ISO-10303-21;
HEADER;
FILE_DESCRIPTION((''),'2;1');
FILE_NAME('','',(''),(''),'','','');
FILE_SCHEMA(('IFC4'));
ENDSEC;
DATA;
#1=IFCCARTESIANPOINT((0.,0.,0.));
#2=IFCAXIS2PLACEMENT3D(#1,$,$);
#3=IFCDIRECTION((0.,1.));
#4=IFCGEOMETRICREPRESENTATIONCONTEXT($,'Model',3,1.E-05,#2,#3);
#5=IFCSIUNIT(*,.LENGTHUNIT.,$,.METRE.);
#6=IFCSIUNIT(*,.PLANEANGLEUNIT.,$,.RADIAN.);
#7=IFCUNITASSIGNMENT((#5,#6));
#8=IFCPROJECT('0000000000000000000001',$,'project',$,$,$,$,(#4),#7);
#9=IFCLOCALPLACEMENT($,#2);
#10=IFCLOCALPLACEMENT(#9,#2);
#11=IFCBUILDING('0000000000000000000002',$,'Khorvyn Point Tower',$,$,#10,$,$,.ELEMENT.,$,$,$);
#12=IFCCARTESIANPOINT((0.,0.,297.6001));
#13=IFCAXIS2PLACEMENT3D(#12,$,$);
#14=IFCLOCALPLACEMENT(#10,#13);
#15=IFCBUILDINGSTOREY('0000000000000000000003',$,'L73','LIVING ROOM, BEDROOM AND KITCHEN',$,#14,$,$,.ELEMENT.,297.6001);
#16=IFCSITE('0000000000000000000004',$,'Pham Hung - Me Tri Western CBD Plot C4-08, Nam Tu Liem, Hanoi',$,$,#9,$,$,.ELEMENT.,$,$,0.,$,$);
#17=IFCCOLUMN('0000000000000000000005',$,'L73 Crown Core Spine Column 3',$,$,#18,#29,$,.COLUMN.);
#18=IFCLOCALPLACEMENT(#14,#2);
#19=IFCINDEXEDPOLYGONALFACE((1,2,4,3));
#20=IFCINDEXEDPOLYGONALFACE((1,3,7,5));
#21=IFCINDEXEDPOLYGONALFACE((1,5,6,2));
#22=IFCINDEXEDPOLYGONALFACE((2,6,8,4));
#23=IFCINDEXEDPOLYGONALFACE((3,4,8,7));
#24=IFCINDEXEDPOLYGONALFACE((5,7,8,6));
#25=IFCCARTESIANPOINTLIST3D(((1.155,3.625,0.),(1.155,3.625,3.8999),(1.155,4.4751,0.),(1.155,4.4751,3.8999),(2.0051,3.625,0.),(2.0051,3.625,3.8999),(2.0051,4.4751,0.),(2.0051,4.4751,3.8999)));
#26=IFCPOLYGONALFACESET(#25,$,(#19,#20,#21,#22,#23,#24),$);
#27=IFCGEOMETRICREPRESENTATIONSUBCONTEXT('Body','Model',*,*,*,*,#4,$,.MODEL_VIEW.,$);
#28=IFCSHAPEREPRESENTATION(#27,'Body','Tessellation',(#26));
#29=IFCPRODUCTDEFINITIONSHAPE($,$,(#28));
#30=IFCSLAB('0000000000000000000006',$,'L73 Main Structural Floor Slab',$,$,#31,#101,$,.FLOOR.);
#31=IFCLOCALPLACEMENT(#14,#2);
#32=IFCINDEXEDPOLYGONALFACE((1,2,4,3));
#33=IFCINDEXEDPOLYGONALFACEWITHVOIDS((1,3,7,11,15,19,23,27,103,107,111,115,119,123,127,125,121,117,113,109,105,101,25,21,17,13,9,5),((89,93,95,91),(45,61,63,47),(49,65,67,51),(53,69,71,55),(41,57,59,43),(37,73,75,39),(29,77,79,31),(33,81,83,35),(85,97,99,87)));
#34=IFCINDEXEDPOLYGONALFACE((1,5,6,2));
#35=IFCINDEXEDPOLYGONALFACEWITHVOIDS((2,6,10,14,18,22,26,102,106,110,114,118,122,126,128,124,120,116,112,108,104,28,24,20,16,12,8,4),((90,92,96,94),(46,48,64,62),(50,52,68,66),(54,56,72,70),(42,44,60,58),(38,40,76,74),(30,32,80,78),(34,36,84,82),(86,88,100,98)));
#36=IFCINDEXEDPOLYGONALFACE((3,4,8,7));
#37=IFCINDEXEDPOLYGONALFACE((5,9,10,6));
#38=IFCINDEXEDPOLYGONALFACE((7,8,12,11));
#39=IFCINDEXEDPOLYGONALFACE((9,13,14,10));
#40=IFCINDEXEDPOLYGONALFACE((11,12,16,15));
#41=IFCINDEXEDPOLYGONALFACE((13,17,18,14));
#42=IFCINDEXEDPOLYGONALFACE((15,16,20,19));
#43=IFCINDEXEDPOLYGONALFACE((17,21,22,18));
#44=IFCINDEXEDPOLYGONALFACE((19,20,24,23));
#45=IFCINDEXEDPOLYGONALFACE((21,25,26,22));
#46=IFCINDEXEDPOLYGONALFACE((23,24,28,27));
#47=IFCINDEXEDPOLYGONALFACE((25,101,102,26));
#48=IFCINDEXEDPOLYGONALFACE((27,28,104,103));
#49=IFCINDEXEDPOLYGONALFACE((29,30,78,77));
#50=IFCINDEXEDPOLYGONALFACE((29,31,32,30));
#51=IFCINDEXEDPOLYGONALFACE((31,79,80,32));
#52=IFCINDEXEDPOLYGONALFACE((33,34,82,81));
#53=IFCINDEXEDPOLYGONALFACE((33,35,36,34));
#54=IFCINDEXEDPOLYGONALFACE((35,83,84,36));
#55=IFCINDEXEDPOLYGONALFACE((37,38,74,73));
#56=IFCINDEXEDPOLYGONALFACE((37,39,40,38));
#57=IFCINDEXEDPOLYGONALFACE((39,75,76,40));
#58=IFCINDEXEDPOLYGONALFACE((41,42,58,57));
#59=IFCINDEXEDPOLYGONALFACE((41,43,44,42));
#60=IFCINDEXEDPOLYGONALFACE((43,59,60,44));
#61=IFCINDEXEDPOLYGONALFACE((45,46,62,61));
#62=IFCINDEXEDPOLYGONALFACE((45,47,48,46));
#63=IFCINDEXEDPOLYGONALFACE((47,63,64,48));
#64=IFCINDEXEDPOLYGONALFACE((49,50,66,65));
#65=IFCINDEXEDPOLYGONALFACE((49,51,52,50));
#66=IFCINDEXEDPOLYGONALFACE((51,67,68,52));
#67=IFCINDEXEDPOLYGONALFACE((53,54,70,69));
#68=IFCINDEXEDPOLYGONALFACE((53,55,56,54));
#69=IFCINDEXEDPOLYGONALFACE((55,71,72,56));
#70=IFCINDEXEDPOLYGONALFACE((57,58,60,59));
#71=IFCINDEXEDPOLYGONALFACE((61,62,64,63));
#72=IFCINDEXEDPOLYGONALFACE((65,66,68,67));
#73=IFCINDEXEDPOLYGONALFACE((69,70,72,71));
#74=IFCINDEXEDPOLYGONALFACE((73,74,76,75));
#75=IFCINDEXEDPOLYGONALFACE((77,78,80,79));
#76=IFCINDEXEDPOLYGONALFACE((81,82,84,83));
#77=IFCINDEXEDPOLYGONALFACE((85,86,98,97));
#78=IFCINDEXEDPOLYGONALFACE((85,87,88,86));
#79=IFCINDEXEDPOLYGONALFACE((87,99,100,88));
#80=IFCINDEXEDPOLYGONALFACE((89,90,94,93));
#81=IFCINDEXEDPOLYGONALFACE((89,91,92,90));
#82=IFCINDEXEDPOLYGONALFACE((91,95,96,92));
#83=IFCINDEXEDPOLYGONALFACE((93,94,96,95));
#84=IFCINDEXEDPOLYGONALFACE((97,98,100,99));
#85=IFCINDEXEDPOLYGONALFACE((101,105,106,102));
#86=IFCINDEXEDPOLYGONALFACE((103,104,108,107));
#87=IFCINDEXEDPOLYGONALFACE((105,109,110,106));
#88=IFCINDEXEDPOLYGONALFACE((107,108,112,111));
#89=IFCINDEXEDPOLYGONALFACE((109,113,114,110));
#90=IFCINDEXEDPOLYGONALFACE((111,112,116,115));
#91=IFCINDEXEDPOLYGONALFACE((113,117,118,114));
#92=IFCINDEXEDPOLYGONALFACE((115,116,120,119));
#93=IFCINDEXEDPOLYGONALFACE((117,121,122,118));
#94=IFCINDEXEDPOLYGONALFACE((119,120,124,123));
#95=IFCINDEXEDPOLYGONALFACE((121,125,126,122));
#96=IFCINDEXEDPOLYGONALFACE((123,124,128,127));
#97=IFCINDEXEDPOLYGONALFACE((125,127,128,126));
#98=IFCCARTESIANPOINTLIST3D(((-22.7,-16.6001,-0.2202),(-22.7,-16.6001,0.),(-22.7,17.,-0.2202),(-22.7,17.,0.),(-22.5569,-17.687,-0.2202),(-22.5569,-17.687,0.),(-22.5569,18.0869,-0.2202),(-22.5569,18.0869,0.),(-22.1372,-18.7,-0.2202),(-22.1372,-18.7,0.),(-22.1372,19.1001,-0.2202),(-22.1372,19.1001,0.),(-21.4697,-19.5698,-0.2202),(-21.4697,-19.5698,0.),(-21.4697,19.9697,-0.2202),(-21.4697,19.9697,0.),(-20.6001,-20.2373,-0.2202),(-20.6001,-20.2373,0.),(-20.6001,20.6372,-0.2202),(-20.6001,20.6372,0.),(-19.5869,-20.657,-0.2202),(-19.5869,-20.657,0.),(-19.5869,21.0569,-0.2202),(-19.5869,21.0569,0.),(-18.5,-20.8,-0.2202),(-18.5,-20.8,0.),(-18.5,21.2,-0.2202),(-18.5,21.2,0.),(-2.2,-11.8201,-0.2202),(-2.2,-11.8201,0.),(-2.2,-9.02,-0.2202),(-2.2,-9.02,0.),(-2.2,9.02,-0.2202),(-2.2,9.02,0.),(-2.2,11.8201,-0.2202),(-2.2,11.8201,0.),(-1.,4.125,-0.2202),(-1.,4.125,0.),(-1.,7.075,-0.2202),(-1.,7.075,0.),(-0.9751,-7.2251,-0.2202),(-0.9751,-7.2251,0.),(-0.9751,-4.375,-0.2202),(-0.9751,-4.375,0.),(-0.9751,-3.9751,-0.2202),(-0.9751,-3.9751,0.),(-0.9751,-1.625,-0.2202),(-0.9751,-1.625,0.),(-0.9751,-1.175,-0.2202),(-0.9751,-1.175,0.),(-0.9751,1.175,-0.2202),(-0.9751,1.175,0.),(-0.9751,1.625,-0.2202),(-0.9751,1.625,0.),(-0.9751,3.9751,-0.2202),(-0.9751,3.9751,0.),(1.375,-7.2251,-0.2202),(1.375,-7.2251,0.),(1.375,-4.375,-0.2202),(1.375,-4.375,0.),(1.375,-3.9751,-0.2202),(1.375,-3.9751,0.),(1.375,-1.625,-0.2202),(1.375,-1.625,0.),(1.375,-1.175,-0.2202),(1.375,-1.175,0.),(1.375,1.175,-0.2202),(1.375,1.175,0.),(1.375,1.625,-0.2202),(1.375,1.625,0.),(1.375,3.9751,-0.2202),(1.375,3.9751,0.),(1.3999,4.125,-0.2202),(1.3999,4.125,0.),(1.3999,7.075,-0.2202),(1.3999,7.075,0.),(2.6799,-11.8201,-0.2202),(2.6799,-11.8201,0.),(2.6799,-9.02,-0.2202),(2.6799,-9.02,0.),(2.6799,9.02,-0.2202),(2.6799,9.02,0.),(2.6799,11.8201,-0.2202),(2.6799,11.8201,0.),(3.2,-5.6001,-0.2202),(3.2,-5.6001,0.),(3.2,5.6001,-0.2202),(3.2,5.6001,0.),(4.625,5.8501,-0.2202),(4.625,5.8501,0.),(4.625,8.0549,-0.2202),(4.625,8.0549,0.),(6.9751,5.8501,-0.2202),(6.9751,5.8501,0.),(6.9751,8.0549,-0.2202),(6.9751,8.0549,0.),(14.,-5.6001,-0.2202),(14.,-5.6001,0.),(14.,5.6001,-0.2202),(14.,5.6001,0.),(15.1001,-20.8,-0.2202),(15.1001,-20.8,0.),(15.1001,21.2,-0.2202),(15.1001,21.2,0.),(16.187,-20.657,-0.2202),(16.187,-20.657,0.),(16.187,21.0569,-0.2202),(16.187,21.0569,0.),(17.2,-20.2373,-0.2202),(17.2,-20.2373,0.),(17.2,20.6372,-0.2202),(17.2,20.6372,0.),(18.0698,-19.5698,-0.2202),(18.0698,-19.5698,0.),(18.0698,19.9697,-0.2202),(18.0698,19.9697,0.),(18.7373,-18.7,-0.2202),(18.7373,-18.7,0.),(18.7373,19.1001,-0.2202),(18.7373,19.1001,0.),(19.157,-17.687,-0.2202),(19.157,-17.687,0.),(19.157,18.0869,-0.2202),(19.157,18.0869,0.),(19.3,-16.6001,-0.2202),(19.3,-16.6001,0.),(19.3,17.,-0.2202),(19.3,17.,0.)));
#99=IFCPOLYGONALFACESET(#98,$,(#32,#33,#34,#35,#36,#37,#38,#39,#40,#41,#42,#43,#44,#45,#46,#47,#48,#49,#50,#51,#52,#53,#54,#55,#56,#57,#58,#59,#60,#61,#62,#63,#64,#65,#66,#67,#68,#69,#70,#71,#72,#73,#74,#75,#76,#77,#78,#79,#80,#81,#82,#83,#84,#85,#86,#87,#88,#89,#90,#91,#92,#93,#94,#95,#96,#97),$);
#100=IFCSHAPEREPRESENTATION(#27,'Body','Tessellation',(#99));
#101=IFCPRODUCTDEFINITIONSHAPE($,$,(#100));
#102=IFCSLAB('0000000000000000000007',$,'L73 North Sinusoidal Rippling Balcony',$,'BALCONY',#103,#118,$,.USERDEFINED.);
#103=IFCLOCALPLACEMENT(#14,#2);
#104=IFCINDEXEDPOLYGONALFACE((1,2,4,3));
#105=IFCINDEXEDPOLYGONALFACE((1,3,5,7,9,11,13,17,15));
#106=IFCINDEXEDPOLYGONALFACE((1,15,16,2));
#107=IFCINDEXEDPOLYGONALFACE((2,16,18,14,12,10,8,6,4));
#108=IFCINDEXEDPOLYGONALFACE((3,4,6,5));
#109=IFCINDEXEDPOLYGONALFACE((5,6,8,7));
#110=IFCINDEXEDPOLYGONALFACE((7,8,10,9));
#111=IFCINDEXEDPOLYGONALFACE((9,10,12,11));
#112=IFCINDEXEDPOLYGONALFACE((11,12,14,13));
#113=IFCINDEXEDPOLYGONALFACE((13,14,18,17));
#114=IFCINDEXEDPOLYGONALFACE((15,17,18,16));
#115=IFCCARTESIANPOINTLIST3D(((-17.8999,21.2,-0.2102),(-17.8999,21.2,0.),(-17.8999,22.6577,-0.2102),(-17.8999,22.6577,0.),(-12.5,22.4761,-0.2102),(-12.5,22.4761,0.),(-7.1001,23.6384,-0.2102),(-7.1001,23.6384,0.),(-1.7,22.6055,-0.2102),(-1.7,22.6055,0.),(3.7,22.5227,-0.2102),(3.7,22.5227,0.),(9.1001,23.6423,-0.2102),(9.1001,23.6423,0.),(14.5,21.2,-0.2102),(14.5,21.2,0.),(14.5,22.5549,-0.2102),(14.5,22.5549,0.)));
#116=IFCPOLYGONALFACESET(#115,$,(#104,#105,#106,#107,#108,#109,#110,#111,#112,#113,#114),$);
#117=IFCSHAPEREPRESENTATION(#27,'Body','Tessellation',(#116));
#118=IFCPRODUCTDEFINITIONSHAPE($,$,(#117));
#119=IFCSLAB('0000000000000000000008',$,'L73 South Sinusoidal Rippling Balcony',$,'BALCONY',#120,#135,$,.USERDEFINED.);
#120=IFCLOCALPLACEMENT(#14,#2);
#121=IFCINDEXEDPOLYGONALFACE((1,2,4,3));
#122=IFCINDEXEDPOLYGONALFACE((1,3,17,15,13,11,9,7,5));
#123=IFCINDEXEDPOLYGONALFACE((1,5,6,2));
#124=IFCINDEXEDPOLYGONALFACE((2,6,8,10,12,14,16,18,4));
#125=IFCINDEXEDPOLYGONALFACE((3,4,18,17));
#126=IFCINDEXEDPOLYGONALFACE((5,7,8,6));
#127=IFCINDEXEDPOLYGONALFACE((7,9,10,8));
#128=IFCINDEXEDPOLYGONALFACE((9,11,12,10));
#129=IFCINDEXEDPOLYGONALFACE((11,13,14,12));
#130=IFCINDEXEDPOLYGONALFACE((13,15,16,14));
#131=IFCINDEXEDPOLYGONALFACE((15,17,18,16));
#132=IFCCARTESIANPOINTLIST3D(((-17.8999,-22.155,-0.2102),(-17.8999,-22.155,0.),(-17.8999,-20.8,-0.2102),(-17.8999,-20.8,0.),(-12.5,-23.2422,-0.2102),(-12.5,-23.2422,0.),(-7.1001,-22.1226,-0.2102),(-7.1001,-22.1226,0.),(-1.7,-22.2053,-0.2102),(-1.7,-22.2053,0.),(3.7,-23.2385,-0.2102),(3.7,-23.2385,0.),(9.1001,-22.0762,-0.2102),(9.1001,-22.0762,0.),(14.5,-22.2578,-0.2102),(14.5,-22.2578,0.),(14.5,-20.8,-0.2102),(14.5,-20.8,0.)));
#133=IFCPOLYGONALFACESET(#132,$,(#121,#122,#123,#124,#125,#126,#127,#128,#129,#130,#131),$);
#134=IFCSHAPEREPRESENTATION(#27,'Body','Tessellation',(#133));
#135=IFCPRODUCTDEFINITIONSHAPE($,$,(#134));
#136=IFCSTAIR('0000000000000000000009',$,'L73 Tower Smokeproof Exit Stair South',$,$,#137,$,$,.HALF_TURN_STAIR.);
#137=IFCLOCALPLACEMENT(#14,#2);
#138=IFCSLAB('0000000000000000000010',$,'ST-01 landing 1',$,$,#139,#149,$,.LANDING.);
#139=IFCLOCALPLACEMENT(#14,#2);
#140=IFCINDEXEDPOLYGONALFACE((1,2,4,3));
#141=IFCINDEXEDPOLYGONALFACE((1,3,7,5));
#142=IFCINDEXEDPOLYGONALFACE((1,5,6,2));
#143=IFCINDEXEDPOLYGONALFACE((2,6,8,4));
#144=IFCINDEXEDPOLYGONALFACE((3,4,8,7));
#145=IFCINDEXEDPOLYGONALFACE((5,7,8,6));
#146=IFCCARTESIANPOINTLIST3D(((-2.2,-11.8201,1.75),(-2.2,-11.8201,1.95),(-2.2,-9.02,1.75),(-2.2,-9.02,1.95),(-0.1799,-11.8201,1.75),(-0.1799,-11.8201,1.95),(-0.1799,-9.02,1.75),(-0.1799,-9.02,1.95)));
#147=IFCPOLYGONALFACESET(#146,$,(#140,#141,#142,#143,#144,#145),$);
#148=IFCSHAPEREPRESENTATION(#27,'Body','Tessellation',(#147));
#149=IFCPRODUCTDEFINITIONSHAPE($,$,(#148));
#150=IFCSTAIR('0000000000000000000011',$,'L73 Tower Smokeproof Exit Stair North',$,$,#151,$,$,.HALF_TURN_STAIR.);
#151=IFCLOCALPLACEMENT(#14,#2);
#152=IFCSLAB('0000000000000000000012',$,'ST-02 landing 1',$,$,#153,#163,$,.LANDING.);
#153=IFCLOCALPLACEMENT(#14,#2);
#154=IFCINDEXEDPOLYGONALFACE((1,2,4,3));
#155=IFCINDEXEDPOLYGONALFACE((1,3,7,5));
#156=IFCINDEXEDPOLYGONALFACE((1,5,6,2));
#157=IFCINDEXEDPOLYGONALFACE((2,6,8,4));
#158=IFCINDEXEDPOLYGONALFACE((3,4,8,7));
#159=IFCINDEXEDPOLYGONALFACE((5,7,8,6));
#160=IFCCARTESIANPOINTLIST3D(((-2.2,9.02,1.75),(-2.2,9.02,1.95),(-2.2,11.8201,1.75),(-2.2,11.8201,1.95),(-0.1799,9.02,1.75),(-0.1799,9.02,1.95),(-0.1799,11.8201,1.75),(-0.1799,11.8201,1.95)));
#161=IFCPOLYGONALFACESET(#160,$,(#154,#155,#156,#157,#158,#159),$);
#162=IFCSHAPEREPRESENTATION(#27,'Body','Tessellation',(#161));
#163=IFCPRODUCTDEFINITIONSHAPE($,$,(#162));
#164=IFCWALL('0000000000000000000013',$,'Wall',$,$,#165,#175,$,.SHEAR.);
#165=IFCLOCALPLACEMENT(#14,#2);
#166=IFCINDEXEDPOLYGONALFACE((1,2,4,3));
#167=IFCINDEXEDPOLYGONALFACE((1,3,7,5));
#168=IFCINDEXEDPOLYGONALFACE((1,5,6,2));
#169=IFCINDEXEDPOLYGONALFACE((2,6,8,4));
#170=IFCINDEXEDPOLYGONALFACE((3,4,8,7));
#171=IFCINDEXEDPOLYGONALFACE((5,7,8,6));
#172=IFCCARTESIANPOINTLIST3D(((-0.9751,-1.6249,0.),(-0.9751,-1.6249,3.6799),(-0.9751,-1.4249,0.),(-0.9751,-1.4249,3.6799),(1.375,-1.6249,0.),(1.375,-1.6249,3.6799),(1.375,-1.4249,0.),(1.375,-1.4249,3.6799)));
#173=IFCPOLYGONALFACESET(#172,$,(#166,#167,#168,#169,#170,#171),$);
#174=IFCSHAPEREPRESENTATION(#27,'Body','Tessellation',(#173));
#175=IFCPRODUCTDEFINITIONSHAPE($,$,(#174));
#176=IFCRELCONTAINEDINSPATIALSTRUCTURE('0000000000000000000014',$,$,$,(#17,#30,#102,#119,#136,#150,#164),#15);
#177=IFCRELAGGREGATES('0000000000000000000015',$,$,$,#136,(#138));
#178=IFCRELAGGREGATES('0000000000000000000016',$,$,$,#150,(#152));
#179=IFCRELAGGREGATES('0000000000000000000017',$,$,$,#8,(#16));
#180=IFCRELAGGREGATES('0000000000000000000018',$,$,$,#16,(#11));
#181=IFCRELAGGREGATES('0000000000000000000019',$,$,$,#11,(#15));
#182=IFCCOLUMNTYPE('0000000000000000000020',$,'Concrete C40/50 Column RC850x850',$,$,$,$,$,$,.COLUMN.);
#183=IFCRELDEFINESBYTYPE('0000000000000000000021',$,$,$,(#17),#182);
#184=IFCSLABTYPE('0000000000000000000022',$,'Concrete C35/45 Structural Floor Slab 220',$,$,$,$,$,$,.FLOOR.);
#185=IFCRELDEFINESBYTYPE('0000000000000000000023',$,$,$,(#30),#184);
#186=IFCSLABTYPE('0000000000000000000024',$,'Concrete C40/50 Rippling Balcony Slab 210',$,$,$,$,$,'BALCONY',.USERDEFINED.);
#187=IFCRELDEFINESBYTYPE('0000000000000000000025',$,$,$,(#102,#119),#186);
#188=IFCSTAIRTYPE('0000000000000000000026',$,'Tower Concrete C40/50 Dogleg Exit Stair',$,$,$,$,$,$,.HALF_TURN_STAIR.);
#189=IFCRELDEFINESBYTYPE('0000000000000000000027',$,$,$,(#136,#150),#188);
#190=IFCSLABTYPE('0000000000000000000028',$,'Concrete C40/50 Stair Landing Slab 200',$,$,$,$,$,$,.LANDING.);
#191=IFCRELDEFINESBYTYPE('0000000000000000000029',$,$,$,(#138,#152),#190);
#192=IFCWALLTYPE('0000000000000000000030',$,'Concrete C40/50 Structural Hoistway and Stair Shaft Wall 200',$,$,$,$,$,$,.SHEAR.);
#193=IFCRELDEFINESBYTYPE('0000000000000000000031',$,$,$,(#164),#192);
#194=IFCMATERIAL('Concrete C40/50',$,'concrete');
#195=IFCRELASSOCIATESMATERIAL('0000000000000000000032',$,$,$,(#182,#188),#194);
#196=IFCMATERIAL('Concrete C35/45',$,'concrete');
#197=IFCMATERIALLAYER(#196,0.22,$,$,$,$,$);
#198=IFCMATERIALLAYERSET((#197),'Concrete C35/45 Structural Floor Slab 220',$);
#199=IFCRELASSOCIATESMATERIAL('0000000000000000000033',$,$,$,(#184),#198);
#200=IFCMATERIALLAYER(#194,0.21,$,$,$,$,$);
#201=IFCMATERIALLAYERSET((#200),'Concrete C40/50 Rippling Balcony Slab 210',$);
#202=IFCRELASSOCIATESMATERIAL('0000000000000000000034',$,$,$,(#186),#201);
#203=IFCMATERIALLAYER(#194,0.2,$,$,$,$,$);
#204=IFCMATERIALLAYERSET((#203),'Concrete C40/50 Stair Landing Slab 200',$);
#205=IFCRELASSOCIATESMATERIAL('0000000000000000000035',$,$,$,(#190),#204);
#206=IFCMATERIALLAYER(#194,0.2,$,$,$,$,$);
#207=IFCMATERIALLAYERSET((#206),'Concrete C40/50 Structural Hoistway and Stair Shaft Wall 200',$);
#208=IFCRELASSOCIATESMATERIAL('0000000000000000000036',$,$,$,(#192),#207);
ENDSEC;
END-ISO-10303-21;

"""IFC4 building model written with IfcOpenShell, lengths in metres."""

from ifc_helpers import new_model, si_unit, direction, frame, frame_2d, origin, origin_2d, place, context, subcontext, project, spatial, polyline, rectangle, outline, extrude, material, layer, layer_set, material_profile, profile_set, type_object, element, aggregate, save


model = new_model("IFC4")

# Units and contexts
model_context = context("Model", 3, precision=1e-05, world=origin(), true_north=direction((0.0, 1.0)))
body_context = subcontext(model_context, "Body", "Model", "MODEL_VIEW")
ifc_project = project(units=[si_unit("LENGTHUNIT", "METRE"), si_unit("PLANEANGLEUNIT", "RADIAN")], contexts=[model_context])

# Site, building, storey
site_placement = place(None, origin())
site = spatial("IfcSite", under=ifc_project, at=site_placement, Name="Pham Hung - Me Tri Western CBD Plot C4-08, Nam Tu Liem, Hanoi", CompositionType="ELEMENT", RefElevation=0.0)
building_placement = place(site_placement, origin())
building = spatial("IfcBuilding", under=site, at=building_placement, Name="Khorvyn Point Tower", CompositionType="ELEMENT")
storey_placement = place(building_placement, frame((0.0, 0.0, 297.6001)))
storey = spatial("IfcBuildingStorey", under=building, at=storey_placement, Name="L73", Description="LIVING ROOM, BEDROOM AND KITCHEN", CompositionType="ELEMENT", Elevation=297.6001)

# Column
ifc_material_1 = material(Name="Concrete C40/50", Category="concrete")
ifc_material_profile = material_profile(ifc_material_1, rectangle(XDim=0.8501, YDim=0.8501, at=origin_2d()))
ifc_profile_set = profile_set([ifc_material_profile], Name="Concrete C40/50 RC850x850")
column_type = type_object("IfcColumnType", Name="Concrete C40/50 Column RC850x850", PredefinedType="COLUMN", material=ifc_profile_set)
column_placement = place(storey_placement, frame((1.5801, 4.05, 0.0), z_axis=(0.0, 0.0, 1.0), x_axis=(1.0, 0.0, 0.0)))
element("IfcColumn", 1, at=column_placement, inside=storey, type_object=column_type, Name="L73 Crown Core Spine Column 3", PredefinedType="COLUMN", context=body_context, shape_type="SweptSolid", body=[
    extrude(rectangle(XDim=0.8501, YDim=0.8501, at=origin_2d()), origin(), (0.0, 0.0, 1.0), 3.8999),
])

# Slabs
ifc_material_2 = material(Name="Concrete C35/45", Category="concrete")
ifc_layer_1 = layer(ifc_material_2, 0.22)
ifc_layer_set_1 = layer_set([ifc_layer_1], Name="Concrete C35/45 Structural Floor Slab 220")
slab_type_1 = type_object("IfcSlabType", Name="Concrete C35/45 Structural Floor Slab 220", PredefinedType="FLOOR", material=ifc_layer_set_1)
slab_1_placement = place(storey_placement, frame((0.0, 0.0, -0.2202)))
element("IfcSlab", 2, at=slab_1_placement, inside=storey, type_object=slab_type_1, Name="L73 Main Structural Floor Slab", PredefinedType="FLOOR", context=body_context, shape_type="SweptSolid", body=[
    extrude(outline(polyline([(-18.5, -20.8), (-19.5869, -20.657), (-20.6001, -20.2373), (-21.4697, -19.5698), (-22.1372, -18.7), (-22.5569, -17.687), (-22.7, -16.6001), (-22.7, 17.0), (-22.5569, 18.0869), (-22.1372, 19.1001), (-21.4697, 19.9697), (-20.6001, 20.6372), (-19.5869, 21.0569), (-18.5, 21.2), (15.1001, 21.2), (16.187, 21.0569), (17.2, 20.6372), (18.0698, 19.9697), (18.7373, 19.1001), (19.157, 18.0869), (19.3, 17.0), (19.3, -16.6001), (19.157, -17.687), (18.7373, -18.7), (18.0698, -19.5698), (17.2, -20.2373), (16.187, -20.657), (15.1001, -20.8), (-18.5, -20.8)]), holes=[polyline([(2.6799, -11.8201), (2.6799, -9.02), (-2.2, -9.02), (-2.2, -11.8201), (2.6799, -11.8201)]), polyline([(1.375, -7.2251), (1.375, -4.375), (-0.9751, -4.375), (-0.9751, -7.2251), (1.375, -7.2251)]), polyline([(1.375, -3.9751), (1.375, -1.625), (-0.9751, -1.625), (-0.9751, -3.9751), (1.375, -3.9751)]), polyline([(1.375, -1.175), (1.375, 1.175), (-0.9751, 1.175), (-0.9751, -1.175), (1.375, -1.175)]), polyline([(14.0, -5.6001), (14.0, 5.6001), (3.2, 5.6001), (3.2, -5.6001), (14.0, -5.6001)]), polyline([(1.375, 1.625), (1.375, 3.9751), (-0.9751, 3.9751), (-0.9751, 1.625), (1.375, 1.625)]), polyline([(1.3999, 4.125), (1.3999, 7.075), (-1.0, 7.075), (-1.0, 4.125), (1.3999, 4.125)]), polyline([(4.625, 5.8501), (6.9751, 5.8501), (6.9751, 8.0549), (4.625, 8.0549), (4.625, 5.8501)]), polyline([(-2.2, 9.02), (2.6799, 9.02), (2.6799, 11.8201), (-2.2, 11.8201), (-2.2, 9.02)])]), origin(), (0.0, 0.0, 1.0), 0.2202),
])
ifc_layer_2 = layer(ifc_material_1, 0.21)
ifc_layer_set_2 = layer_set([ifc_layer_2], Name="Concrete C40/50 Rippling Balcony Slab 210")
slab_type_2 = type_object("IfcSlabType", Name="Concrete C40/50 Rippling Balcony Slab 210", ElementType="BALCONY", PredefinedType="USERDEFINED", material=ifc_layer_set_2)
slab_2_placement = place(storey_placement, frame((0.0, 0.0, -0.2102)))
element("IfcSlab", 3, at=slab_2_placement, inside=storey, type_object=slab_type_2, Name="L73 North Sinusoidal Rippling Balcony", ObjectType="BALCONY", PredefinedType="USERDEFINED", context=body_context, shape_type="SweptSolid", body=[
    extrude(outline(polyline([(14.5, 21.2), (14.5, 22.5549), (9.1001, 23.6423), (3.7, 22.5227), (-1.7, 22.6055), (-7.1001, 23.6384), (-12.5, 22.4761), (-17.8999, 22.6577), (-17.8999, 21.2), (14.5, 21.2)])), origin(), (0.0, 0.0, 1.0), 0.2102),
])
slab_3_placement = place(storey_placement, frame((0.0, 0.0, -0.2102)))
element("IfcSlab", 4, at=slab_3_placement, inside=storey, type_object=slab_type_2, Name="L73 South Sinusoidal Rippling Balcony", ObjectType="BALCONY", PredefinedType="USERDEFINED", context=body_context, shape_type="SweptSolid", body=[
    extrude(outline(polyline([(-17.8999, -20.8), (-17.8999, -22.155), (-12.5, -23.2422), (-7.1001, -22.1226), (-1.7, -22.2053), (3.7, -23.2385), (9.1001, -22.0762), (14.5, -22.2578), (14.5, -20.8), (-17.8999, -20.8)])), origin(), (0.0, 0.0, 1.0), 0.2102),
])

# Stairs, slabs
stair_type = type_object("IfcStairType", Name="Tower Concrete C40/50 Dogleg Exit Stair", PredefinedType="HALF_TURN_STAIR", material=ifc_material_1)
stair_1_placement = place(storey_placement, origin())
stair_1 = element("IfcStair", 5, at=stair_1_placement, inside=storey, type_object=stair_type, Name="L73 Tower Smokeproof Exit Stair South", PredefinedType="HALF_TURN_STAIR")
ifc_layer_3 = layer(ifc_material_1, 0.2)
ifc_layer_set_3 = layer_set([ifc_layer_3], Name="Concrete C40/50 Stair Landing Slab 200")
slab_type_3 = type_object("IfcSlabType", Name="Concrete C40/50 Stair Landing Slab 200", PredefinedType="LANDING", material=ifc_layer_set_3)
slab_4_placement = place(storey_placement, frame((0.0, 0.0, 1.75)))
slab_4 = element("IfcSlab", 6, at=slab_4_placement, type_object=slab_type_3, Name="ST-01 landing 1", PredefinedType="LANDING", context=body_context, shape_type="SweptSolid", body=[
    extrude(outline(polyline([(-0.1799, -9.02), (-2.2, -9.02), (-2.2, -11.8201), (-0.1799, -11.8201), (-0.1799, -9.02)])), origin(), (0.0, 0.0, 1.0), 0.2),
])
aggregate(stair_1, [slab_4])
stair_2_placement = place(storey_placement, origin())
stair_2 = element("IfcStair", 7, at=stair_2_placement, inside=storey, type_object=stair_type, Name="L73 Tower Smokeproof Exit Stair North", PredefinedType="HALF_TURN_STAIR")
slab_5_placement = place(storey_placement, frame((0.0, 0.0, 1.75)))
slab_5 = element("IfcSlab", 8, at=slab_5_placement, type_object=slab_type_3, Name="ST-02 landing 1", PredefinedType="LANDING", context=body_context, shape_type="SweptSolid", body=[
    extrude(outline(polyline([(-0.1799, 11.8201), (-2.2, 11.8201), (-2.2, 9.02), (-0.1799, 9.02), (-0.1799, 11.8201)])), origin(), (0.0, 0.0, 1.0), 0.2),
])

# Wall
ifc_layer_4 = layer(ifc_material_1, 0.2)
ifc_layer_set_4 = layer_set([ifc_layer_4], Name="Concrete C40/50 Structural Hoistway and Stair Shaft Wall 200")
wall_type = type_object("IfcWallType", Name="Concrete C40/50 Structural Hoistway and Stair Shaft Wall 200", PredefinedType="SHEAR", material=ifc_layer_set_4)
wall_1_placement = place(storey_placement, frame((-0.9751, -1.5249, 0.0), z_axis=(0.0, 0.0, 1.0), x_axis=(1.0, 0.0, 0.0)))
element("IfcWall", 9, at=wall_1_placement, inside=storey, type_object=wall_type, Name="Wall", PredefinedType="SHEAR", context=body_context, shape_type="SweptSolid", body=[
    extrude(rectangle(XDim=2.3501, YDim=0.2, at=frame_2d((1.175, 0.0))), origin(), (0.0, 0.0, 1.0), 3.6799),
])

aggregate(stair_2, [slab_5])

save(model, "model.ifc")
